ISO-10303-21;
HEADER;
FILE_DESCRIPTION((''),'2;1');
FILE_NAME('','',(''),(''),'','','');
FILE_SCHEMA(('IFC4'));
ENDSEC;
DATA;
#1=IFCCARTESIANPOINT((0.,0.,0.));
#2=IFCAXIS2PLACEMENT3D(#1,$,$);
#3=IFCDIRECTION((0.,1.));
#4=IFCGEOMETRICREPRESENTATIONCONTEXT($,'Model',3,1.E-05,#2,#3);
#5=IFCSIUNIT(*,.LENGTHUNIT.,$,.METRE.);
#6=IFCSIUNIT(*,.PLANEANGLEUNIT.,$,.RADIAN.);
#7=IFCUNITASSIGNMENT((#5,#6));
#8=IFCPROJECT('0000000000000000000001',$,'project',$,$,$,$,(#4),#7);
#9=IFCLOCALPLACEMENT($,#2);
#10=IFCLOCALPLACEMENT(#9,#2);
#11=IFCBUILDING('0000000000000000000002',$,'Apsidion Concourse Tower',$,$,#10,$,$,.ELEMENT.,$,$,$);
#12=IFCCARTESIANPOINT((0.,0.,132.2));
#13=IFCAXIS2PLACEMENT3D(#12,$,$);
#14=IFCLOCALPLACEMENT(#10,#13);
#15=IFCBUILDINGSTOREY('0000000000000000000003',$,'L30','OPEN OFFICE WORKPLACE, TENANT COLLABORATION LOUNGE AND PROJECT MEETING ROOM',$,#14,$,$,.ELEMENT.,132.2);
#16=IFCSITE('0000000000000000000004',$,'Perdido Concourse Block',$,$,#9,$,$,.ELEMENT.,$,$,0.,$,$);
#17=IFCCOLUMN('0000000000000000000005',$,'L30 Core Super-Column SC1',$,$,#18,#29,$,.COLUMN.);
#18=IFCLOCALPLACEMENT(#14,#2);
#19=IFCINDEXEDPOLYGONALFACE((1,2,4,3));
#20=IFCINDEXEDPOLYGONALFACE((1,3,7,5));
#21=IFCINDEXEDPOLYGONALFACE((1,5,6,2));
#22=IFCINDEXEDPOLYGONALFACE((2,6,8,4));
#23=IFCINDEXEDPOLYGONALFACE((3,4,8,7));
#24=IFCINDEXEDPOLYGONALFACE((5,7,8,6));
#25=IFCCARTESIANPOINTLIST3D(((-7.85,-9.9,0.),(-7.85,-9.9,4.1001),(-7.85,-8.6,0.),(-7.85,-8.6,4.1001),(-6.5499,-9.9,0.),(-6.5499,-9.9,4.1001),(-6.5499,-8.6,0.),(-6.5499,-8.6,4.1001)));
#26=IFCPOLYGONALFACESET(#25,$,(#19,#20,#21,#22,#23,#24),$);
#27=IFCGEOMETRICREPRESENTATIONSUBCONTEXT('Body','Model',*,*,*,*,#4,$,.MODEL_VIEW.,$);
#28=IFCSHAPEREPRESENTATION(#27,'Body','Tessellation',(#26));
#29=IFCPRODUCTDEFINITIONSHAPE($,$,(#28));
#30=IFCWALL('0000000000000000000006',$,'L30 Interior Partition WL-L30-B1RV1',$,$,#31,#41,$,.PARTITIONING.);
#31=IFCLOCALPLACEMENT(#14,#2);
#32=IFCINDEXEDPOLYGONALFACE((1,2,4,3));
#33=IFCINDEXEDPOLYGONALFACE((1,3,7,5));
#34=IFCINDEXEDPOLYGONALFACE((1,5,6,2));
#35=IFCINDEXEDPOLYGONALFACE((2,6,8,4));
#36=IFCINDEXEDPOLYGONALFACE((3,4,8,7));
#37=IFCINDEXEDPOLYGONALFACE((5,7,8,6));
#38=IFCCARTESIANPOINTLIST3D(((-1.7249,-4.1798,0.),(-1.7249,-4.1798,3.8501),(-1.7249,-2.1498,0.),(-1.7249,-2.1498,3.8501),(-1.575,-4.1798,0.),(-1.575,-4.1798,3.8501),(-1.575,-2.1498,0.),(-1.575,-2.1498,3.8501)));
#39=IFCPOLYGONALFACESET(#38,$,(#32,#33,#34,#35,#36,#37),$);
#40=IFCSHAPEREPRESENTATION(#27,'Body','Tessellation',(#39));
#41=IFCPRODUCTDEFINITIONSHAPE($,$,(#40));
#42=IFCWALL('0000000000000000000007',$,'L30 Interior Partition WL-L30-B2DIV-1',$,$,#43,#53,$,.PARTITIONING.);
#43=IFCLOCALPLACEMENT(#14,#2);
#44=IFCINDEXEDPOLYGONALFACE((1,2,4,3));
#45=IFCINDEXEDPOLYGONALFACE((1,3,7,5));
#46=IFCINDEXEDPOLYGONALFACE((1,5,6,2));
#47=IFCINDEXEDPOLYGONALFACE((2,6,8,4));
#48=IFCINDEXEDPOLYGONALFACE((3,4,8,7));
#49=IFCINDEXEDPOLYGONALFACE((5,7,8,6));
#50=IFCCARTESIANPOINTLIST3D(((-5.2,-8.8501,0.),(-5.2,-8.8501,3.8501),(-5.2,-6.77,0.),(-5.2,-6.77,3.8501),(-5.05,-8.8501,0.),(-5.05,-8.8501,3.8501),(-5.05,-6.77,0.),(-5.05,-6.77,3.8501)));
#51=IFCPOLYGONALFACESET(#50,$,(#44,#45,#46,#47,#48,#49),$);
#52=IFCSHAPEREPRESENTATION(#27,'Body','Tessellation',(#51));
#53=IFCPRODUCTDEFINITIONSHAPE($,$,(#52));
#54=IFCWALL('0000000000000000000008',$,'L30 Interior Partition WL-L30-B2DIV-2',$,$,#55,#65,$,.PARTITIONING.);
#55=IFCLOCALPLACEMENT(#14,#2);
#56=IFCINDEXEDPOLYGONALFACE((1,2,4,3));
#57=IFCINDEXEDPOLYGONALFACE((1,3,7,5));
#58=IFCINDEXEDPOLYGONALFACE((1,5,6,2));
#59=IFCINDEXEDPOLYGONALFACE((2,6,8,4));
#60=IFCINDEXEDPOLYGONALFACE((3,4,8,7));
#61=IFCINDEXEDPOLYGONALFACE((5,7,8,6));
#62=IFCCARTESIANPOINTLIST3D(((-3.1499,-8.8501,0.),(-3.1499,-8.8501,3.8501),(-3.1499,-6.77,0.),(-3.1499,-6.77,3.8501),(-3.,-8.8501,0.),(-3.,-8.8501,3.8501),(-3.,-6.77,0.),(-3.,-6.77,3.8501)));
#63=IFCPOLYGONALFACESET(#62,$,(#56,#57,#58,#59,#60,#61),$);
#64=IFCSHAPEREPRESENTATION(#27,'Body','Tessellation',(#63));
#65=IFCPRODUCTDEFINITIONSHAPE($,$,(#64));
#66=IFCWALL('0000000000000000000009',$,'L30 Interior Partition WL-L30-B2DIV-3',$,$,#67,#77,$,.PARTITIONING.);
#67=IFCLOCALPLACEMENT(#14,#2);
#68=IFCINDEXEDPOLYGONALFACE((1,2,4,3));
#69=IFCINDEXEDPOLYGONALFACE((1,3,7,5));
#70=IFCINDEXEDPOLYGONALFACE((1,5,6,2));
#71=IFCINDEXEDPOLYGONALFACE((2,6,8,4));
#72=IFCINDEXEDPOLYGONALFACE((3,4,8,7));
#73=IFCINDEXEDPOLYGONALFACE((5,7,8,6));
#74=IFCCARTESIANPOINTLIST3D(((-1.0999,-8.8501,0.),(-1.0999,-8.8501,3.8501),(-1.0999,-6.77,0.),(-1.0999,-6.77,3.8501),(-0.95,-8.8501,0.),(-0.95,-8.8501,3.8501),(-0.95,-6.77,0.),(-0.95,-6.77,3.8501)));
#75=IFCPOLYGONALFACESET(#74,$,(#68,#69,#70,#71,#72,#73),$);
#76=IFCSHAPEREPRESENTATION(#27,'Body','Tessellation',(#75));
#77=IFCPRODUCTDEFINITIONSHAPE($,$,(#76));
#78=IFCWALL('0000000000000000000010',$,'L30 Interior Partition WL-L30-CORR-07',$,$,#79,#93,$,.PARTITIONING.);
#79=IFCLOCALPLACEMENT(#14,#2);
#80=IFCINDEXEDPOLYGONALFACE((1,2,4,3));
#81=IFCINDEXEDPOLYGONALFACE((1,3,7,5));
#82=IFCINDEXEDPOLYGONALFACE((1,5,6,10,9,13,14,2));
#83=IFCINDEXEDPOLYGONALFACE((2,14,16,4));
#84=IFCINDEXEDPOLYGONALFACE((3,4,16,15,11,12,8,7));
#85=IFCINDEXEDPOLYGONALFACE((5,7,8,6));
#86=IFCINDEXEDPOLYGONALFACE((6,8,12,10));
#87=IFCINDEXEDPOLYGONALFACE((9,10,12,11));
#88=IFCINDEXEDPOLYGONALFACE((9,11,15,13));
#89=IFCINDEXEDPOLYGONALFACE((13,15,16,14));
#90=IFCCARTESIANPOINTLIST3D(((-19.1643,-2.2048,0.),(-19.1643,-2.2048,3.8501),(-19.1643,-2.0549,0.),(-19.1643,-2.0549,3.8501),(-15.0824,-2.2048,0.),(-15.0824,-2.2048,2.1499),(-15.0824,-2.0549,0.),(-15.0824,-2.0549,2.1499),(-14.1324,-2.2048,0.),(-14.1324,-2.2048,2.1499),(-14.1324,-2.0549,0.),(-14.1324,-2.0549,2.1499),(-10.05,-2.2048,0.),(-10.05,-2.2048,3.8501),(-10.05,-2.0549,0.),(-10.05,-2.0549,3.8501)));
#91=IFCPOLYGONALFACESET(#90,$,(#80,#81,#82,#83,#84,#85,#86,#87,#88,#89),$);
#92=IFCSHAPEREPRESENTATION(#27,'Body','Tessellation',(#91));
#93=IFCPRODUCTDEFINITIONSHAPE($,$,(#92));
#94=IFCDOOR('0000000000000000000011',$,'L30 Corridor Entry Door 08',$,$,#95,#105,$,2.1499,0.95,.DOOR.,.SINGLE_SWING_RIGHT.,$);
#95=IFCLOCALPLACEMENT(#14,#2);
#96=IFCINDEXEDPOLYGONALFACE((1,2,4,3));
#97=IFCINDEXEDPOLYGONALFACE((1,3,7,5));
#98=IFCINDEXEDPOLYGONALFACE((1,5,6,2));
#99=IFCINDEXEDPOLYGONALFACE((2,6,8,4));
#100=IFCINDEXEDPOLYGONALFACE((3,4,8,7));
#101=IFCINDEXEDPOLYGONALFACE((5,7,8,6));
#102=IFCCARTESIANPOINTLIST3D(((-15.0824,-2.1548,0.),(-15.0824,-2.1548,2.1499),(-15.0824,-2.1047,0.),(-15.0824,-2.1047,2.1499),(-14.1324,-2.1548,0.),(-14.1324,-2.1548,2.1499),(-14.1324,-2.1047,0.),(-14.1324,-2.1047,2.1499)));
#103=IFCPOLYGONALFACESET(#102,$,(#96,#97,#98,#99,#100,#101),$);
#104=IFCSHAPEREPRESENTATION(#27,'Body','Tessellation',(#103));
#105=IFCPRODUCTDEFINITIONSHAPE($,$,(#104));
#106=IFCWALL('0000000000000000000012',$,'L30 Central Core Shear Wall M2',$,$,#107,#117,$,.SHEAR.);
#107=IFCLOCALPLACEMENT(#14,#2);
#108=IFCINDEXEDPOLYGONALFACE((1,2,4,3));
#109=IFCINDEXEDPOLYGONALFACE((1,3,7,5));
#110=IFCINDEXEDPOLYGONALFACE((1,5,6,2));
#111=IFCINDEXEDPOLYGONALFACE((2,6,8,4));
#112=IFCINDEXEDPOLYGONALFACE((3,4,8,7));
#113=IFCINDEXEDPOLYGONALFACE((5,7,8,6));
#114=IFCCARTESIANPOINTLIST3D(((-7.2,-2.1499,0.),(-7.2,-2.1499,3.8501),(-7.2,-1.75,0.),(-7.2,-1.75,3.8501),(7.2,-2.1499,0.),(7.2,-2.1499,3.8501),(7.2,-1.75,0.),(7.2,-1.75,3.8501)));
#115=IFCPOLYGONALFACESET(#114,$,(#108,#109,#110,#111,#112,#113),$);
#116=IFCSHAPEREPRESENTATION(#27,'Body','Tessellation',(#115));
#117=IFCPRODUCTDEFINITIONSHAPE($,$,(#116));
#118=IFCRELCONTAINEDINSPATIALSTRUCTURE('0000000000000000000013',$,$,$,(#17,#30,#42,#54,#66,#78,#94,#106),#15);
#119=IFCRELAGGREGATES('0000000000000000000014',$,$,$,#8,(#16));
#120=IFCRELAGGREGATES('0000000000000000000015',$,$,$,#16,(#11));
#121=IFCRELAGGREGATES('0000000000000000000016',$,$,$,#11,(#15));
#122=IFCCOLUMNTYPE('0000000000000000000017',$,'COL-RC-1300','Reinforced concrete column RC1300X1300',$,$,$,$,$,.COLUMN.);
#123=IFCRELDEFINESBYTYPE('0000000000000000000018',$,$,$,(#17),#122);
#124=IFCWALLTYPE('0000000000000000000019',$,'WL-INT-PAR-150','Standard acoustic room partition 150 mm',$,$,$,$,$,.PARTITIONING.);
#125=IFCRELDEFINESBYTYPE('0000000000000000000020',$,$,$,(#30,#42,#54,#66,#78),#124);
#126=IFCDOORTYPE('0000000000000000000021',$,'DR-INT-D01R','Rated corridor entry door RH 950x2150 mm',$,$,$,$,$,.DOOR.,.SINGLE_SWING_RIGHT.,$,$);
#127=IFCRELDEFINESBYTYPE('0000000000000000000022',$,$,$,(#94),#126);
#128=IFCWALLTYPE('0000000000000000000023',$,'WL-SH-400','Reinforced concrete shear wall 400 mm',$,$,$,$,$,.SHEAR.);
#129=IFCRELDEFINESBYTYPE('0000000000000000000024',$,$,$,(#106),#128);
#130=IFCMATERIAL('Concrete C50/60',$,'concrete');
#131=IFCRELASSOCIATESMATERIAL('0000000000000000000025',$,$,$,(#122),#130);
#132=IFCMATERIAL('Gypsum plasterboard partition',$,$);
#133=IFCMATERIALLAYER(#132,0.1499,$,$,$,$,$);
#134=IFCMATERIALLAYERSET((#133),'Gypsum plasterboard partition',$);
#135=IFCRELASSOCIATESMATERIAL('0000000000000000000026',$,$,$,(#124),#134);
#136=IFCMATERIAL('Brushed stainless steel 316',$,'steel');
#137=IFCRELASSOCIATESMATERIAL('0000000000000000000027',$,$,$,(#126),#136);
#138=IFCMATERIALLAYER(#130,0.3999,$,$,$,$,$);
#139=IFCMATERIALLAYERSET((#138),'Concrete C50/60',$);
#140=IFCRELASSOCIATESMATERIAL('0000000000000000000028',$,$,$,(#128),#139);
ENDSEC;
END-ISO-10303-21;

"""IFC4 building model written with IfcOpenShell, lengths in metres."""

from ifc_helpers import new_model, si_unit, direction, frame, frame_2d, origin, origin_2d, place, context, subcontext, project, spatial, rectangle, extrude, material, layer, layer_set, material_profile, profile_set, type_object, element, fill, save


model = new_model("IFC4")

# Units and contexts
model_context = context("Model", 3, precision=1e-05, world=origin(), true_north=direction((0.0, 1.0)))
body_context = subcontext(model_context, "Body", "Model", "MODEL_VIEW")
ifc_project = project(units=[si_unit("LENGTHUNIT", "METRE"), si_unit("PLANEANGLEUNIT", "RADIAN")], contexts=[model_context])

# Site, building, storey
site_placement = place(None, origin())
site = spatial("IfcSite", under=ifc_project, at=site_placement, Name="Perdido Concourse Block", CompositionType="ELEMENT", RefElevation=0.0)
building_placement = place(site_placement, origin())
building = spatial("IfcBuilding", under=site, at=building_placement, Name="Apsidion Concourse Tower", CompositionType="ELEMENT")
storey_placement = place(building_placement, frame((0.0, 0.0, 132.2)))
storey = spatial("IfcBuildingStorey", under=building, at=storey_placement, Name="L30", Description="OPEN OFFICE WORKPLACE, TENANT COLLABORATION LOUNGE AND PROJECT MEETING ROOM", CompositionType="ELEMENT", Elevation=132.2)

# Column
ifc_material_1 = material(Name="Concrete C50/60", Category="concrete")
ifc_material_profile = material_profile(ifc_material_1, rectangle(XDim=1.3, YDim=1.3, at=origin_2d()), Name="RC 1300x1300")
ifc_profile_set = profile_set([ifc_material_profile], Name="Concrete C50/60")
column_type = type_object("IfcColumnType", Name="COL-RC-1300", Description="Reinforced concrete column RC1300X1300", PredefinedType="COLUMN", material=ifc_profile_set)
column_placement = place(storey_placement, frame((-7.2, -9.25, 0.0), z_axis=(0.0, 0.0, 1.0), x_axis=(1.0, 0.0, 0.0)))
element("IfcColumn", 1, at=column_placement, inside=storey, type_object=column_type, Name="L30 Core Super-Column SC1", PredefinedType="COLUMN", context=body_context, shape_type="SweptSolid", body=[
    extrude(rectangle(XDim=1.3, YDim=1.3, at=origin_2d()), origin(), (0.0, 0.0, 1.0), 4.1001),
])

# Walls
ifc_material_2 = material(Name="Gypsum plasterboard partition")
ifc_layer_1 = layer(ifc_material_2, 0.1499)
ifc_layer_set_1 = layer_set([ifc_layer_1], Name="Gypsum plasterboard partition")
wall_type_1 = type_object("IfcWallType", Name="WL-INT-PAR-150", Description="Standard acoustic room partition 150 mm", PredefinedType="PARTITIONING", material=ifc_layer_set_1)
wall_1_placement = place(storey_placement, frame((-1.6499, -4.1799, 0.0), z_axis=(0.0, 0.0, 1.0), x_axis=(0.0, 1.0, 0.0)))
element("IfcWall", 2, at=wall_1_placement, inside=storey, type_object=wall_type_1, Name="L30 Interior Partition WL-L30-B1RV1", PredefinedType="PARTITIONING", context=body_context, shape_type="SweptSolid", body=[
    extrude(rectangle(XDim=2.03, YDim=0.1499, at=frame_2d((1.0151, 0.0))), origin(), (0.0, 0.0, 1.0), 3.8501),
])
for number, where, z_axis, x_axis, name in (
    (3, (-5.125, -8.8501, 0.0), (0.0, 0.0, 1.0), (0.0, 1.0, 0.0), "L30 Interior Partition WL-L30-B2DIV-1"),
    (4, (-3.075, -8.8501, 0.0), (0.0, 0.0, 1.0), (0.0, 1.0, 0.0), "L30 Interior Partition WL-L30-B2DIV-2"),
    (5, (-1.0249, -8.8501, 0.0), (0.0, 0.0, 1.0), (0.0, 1.0, 0.0), "L30 Interior Partition WL-L30-B2DIV-3"),
):
    element("IfcWall", number, at=place(storey_placement, frame(where, z_axis=z_axis, x_axis=x_axis)), inside=storey, type_object=wall_type_1, Name=name, PredefinedType="PARTITIONING", context=body_context, shape_type="SweptSolid", body=[
        extrude(rectangle(XDim=2.0801, YDim=0.1499, at=frame_2d((1.04, 0.0))), origin(), (0.0, 0.0, 1.0), 3.8501),
    ])

# Wall, opening, door
wall_2_placement = place(storey_placement, frame((-10.05, -2.1299, 0.0), z_axis=(0.0, 0.0, 1.0), x_axis=(-1.0, 0.0, 0.0)))
wall_2 = element("IfcWall", 6, at=wall_2_placement, inside=storey, type_object=wall_type_1, Name="L30 Interior Partition WL-L30-CORR-07", PredefinedType="PARTITIONING", context=body_context, shape_type="SweptSolid", body=[
    extrude(rectangle(XDim=9.1143, YDim=0.1499, at=frame_2d((4.5571, 0.0))), origin(), (0.0, 0.0, 1.0), 3.8501),
])
opening_1_placement = place(wall_2_placement, frame((4.0823, 0.0, 0.0)))
opening_1 = element("IfcOpeningElement", 7, at=opening_1_placement, cuts=wall_2, PredefinedType="OPENING", context=body_context, shape_type="SweptSolid", body=[
    extrude(rectangle(XDim=0.95, YDim=2.1499, at=frame_2d((0.4751, 1.075))), frame((0.0, 0.085, 0.0), z_axis=(0.0, -1.0, 0.0), x_axis=(1.0, 0.0, 0.0)), (0.0, 0.0, 1.0), 0.1699),
])
ifc_material_3 = material(Name="Brushed stainless steel 316", Category="steel")
door_type_1 = type_object("IfcDoorType", Name="DR-INT-D01R", Description="Rated corridor entry door RH 950x2150 mm", OperationType="SINGLE_SWING_RIGHT", PredefinedType="DOOR", material=ifc_material_3)
door_1_placement = place(opening_1_placement, origin())
door_1 = element("IfcDoor", 8, at=door_1_placement, inside=storey, type_object=door_type_1, Name="L30 Corridor Entry Door 08", OperationType="SINGLE_SWING_RIGHT", OverallHeight=2.1499, OverallWidth=0.95, PredefinedType="DOOR", context=body_context, shape_type="SweptSolid", body=[
    extrude(rectangle(XDim=0.95, YDim=2.1499, at=frame_2d((0.4751, 1.075))), frame((0.0, 0.0249, 0.0), z_axis=(0.0, -1.0, 0.0), x_axis=(1.0, 0.0, 0.0)), (0.0, 0.0, 1.0), 0.05),
])
fill(opening_1, door_1)

# Wall
ifc_layer_2 = layer(ifc_material_1, 0.3999)
ifc_layer_set_2 = layer_set([ifc_layer_2], Name="Concrete C50/60")
wall_type_2 = type_object("IfcWallType", Name="WL-SH-400", Description="Reinforced concrete shear wall 400 mm", PredefinedType="SHEAR", material=ifc_layer_set_2)
wall_3_placement = place(storey_placement, frame((-7.2, -1.95, 0.0), z_axis=(0.0, 0.0, 1.0), x_axis=(1.0, 0.0, 0.0)))
element("IfcWall", 9, at=wall_3_placement, inside=storey, type_object=wall_type_2, Name="L30 Central Core Shear Wall M2", PredefinedType="SHEAR", context=body_context, shape_type="SweptSolid", body=[
    extrude(rectangle(XDim=14.3999, YDim=0.3999, at=frame_2d((7.2, 0.0))), origin(), (0.0, 0.0, 1.0), 3.8501),
])

save(model, "model.ifc")
